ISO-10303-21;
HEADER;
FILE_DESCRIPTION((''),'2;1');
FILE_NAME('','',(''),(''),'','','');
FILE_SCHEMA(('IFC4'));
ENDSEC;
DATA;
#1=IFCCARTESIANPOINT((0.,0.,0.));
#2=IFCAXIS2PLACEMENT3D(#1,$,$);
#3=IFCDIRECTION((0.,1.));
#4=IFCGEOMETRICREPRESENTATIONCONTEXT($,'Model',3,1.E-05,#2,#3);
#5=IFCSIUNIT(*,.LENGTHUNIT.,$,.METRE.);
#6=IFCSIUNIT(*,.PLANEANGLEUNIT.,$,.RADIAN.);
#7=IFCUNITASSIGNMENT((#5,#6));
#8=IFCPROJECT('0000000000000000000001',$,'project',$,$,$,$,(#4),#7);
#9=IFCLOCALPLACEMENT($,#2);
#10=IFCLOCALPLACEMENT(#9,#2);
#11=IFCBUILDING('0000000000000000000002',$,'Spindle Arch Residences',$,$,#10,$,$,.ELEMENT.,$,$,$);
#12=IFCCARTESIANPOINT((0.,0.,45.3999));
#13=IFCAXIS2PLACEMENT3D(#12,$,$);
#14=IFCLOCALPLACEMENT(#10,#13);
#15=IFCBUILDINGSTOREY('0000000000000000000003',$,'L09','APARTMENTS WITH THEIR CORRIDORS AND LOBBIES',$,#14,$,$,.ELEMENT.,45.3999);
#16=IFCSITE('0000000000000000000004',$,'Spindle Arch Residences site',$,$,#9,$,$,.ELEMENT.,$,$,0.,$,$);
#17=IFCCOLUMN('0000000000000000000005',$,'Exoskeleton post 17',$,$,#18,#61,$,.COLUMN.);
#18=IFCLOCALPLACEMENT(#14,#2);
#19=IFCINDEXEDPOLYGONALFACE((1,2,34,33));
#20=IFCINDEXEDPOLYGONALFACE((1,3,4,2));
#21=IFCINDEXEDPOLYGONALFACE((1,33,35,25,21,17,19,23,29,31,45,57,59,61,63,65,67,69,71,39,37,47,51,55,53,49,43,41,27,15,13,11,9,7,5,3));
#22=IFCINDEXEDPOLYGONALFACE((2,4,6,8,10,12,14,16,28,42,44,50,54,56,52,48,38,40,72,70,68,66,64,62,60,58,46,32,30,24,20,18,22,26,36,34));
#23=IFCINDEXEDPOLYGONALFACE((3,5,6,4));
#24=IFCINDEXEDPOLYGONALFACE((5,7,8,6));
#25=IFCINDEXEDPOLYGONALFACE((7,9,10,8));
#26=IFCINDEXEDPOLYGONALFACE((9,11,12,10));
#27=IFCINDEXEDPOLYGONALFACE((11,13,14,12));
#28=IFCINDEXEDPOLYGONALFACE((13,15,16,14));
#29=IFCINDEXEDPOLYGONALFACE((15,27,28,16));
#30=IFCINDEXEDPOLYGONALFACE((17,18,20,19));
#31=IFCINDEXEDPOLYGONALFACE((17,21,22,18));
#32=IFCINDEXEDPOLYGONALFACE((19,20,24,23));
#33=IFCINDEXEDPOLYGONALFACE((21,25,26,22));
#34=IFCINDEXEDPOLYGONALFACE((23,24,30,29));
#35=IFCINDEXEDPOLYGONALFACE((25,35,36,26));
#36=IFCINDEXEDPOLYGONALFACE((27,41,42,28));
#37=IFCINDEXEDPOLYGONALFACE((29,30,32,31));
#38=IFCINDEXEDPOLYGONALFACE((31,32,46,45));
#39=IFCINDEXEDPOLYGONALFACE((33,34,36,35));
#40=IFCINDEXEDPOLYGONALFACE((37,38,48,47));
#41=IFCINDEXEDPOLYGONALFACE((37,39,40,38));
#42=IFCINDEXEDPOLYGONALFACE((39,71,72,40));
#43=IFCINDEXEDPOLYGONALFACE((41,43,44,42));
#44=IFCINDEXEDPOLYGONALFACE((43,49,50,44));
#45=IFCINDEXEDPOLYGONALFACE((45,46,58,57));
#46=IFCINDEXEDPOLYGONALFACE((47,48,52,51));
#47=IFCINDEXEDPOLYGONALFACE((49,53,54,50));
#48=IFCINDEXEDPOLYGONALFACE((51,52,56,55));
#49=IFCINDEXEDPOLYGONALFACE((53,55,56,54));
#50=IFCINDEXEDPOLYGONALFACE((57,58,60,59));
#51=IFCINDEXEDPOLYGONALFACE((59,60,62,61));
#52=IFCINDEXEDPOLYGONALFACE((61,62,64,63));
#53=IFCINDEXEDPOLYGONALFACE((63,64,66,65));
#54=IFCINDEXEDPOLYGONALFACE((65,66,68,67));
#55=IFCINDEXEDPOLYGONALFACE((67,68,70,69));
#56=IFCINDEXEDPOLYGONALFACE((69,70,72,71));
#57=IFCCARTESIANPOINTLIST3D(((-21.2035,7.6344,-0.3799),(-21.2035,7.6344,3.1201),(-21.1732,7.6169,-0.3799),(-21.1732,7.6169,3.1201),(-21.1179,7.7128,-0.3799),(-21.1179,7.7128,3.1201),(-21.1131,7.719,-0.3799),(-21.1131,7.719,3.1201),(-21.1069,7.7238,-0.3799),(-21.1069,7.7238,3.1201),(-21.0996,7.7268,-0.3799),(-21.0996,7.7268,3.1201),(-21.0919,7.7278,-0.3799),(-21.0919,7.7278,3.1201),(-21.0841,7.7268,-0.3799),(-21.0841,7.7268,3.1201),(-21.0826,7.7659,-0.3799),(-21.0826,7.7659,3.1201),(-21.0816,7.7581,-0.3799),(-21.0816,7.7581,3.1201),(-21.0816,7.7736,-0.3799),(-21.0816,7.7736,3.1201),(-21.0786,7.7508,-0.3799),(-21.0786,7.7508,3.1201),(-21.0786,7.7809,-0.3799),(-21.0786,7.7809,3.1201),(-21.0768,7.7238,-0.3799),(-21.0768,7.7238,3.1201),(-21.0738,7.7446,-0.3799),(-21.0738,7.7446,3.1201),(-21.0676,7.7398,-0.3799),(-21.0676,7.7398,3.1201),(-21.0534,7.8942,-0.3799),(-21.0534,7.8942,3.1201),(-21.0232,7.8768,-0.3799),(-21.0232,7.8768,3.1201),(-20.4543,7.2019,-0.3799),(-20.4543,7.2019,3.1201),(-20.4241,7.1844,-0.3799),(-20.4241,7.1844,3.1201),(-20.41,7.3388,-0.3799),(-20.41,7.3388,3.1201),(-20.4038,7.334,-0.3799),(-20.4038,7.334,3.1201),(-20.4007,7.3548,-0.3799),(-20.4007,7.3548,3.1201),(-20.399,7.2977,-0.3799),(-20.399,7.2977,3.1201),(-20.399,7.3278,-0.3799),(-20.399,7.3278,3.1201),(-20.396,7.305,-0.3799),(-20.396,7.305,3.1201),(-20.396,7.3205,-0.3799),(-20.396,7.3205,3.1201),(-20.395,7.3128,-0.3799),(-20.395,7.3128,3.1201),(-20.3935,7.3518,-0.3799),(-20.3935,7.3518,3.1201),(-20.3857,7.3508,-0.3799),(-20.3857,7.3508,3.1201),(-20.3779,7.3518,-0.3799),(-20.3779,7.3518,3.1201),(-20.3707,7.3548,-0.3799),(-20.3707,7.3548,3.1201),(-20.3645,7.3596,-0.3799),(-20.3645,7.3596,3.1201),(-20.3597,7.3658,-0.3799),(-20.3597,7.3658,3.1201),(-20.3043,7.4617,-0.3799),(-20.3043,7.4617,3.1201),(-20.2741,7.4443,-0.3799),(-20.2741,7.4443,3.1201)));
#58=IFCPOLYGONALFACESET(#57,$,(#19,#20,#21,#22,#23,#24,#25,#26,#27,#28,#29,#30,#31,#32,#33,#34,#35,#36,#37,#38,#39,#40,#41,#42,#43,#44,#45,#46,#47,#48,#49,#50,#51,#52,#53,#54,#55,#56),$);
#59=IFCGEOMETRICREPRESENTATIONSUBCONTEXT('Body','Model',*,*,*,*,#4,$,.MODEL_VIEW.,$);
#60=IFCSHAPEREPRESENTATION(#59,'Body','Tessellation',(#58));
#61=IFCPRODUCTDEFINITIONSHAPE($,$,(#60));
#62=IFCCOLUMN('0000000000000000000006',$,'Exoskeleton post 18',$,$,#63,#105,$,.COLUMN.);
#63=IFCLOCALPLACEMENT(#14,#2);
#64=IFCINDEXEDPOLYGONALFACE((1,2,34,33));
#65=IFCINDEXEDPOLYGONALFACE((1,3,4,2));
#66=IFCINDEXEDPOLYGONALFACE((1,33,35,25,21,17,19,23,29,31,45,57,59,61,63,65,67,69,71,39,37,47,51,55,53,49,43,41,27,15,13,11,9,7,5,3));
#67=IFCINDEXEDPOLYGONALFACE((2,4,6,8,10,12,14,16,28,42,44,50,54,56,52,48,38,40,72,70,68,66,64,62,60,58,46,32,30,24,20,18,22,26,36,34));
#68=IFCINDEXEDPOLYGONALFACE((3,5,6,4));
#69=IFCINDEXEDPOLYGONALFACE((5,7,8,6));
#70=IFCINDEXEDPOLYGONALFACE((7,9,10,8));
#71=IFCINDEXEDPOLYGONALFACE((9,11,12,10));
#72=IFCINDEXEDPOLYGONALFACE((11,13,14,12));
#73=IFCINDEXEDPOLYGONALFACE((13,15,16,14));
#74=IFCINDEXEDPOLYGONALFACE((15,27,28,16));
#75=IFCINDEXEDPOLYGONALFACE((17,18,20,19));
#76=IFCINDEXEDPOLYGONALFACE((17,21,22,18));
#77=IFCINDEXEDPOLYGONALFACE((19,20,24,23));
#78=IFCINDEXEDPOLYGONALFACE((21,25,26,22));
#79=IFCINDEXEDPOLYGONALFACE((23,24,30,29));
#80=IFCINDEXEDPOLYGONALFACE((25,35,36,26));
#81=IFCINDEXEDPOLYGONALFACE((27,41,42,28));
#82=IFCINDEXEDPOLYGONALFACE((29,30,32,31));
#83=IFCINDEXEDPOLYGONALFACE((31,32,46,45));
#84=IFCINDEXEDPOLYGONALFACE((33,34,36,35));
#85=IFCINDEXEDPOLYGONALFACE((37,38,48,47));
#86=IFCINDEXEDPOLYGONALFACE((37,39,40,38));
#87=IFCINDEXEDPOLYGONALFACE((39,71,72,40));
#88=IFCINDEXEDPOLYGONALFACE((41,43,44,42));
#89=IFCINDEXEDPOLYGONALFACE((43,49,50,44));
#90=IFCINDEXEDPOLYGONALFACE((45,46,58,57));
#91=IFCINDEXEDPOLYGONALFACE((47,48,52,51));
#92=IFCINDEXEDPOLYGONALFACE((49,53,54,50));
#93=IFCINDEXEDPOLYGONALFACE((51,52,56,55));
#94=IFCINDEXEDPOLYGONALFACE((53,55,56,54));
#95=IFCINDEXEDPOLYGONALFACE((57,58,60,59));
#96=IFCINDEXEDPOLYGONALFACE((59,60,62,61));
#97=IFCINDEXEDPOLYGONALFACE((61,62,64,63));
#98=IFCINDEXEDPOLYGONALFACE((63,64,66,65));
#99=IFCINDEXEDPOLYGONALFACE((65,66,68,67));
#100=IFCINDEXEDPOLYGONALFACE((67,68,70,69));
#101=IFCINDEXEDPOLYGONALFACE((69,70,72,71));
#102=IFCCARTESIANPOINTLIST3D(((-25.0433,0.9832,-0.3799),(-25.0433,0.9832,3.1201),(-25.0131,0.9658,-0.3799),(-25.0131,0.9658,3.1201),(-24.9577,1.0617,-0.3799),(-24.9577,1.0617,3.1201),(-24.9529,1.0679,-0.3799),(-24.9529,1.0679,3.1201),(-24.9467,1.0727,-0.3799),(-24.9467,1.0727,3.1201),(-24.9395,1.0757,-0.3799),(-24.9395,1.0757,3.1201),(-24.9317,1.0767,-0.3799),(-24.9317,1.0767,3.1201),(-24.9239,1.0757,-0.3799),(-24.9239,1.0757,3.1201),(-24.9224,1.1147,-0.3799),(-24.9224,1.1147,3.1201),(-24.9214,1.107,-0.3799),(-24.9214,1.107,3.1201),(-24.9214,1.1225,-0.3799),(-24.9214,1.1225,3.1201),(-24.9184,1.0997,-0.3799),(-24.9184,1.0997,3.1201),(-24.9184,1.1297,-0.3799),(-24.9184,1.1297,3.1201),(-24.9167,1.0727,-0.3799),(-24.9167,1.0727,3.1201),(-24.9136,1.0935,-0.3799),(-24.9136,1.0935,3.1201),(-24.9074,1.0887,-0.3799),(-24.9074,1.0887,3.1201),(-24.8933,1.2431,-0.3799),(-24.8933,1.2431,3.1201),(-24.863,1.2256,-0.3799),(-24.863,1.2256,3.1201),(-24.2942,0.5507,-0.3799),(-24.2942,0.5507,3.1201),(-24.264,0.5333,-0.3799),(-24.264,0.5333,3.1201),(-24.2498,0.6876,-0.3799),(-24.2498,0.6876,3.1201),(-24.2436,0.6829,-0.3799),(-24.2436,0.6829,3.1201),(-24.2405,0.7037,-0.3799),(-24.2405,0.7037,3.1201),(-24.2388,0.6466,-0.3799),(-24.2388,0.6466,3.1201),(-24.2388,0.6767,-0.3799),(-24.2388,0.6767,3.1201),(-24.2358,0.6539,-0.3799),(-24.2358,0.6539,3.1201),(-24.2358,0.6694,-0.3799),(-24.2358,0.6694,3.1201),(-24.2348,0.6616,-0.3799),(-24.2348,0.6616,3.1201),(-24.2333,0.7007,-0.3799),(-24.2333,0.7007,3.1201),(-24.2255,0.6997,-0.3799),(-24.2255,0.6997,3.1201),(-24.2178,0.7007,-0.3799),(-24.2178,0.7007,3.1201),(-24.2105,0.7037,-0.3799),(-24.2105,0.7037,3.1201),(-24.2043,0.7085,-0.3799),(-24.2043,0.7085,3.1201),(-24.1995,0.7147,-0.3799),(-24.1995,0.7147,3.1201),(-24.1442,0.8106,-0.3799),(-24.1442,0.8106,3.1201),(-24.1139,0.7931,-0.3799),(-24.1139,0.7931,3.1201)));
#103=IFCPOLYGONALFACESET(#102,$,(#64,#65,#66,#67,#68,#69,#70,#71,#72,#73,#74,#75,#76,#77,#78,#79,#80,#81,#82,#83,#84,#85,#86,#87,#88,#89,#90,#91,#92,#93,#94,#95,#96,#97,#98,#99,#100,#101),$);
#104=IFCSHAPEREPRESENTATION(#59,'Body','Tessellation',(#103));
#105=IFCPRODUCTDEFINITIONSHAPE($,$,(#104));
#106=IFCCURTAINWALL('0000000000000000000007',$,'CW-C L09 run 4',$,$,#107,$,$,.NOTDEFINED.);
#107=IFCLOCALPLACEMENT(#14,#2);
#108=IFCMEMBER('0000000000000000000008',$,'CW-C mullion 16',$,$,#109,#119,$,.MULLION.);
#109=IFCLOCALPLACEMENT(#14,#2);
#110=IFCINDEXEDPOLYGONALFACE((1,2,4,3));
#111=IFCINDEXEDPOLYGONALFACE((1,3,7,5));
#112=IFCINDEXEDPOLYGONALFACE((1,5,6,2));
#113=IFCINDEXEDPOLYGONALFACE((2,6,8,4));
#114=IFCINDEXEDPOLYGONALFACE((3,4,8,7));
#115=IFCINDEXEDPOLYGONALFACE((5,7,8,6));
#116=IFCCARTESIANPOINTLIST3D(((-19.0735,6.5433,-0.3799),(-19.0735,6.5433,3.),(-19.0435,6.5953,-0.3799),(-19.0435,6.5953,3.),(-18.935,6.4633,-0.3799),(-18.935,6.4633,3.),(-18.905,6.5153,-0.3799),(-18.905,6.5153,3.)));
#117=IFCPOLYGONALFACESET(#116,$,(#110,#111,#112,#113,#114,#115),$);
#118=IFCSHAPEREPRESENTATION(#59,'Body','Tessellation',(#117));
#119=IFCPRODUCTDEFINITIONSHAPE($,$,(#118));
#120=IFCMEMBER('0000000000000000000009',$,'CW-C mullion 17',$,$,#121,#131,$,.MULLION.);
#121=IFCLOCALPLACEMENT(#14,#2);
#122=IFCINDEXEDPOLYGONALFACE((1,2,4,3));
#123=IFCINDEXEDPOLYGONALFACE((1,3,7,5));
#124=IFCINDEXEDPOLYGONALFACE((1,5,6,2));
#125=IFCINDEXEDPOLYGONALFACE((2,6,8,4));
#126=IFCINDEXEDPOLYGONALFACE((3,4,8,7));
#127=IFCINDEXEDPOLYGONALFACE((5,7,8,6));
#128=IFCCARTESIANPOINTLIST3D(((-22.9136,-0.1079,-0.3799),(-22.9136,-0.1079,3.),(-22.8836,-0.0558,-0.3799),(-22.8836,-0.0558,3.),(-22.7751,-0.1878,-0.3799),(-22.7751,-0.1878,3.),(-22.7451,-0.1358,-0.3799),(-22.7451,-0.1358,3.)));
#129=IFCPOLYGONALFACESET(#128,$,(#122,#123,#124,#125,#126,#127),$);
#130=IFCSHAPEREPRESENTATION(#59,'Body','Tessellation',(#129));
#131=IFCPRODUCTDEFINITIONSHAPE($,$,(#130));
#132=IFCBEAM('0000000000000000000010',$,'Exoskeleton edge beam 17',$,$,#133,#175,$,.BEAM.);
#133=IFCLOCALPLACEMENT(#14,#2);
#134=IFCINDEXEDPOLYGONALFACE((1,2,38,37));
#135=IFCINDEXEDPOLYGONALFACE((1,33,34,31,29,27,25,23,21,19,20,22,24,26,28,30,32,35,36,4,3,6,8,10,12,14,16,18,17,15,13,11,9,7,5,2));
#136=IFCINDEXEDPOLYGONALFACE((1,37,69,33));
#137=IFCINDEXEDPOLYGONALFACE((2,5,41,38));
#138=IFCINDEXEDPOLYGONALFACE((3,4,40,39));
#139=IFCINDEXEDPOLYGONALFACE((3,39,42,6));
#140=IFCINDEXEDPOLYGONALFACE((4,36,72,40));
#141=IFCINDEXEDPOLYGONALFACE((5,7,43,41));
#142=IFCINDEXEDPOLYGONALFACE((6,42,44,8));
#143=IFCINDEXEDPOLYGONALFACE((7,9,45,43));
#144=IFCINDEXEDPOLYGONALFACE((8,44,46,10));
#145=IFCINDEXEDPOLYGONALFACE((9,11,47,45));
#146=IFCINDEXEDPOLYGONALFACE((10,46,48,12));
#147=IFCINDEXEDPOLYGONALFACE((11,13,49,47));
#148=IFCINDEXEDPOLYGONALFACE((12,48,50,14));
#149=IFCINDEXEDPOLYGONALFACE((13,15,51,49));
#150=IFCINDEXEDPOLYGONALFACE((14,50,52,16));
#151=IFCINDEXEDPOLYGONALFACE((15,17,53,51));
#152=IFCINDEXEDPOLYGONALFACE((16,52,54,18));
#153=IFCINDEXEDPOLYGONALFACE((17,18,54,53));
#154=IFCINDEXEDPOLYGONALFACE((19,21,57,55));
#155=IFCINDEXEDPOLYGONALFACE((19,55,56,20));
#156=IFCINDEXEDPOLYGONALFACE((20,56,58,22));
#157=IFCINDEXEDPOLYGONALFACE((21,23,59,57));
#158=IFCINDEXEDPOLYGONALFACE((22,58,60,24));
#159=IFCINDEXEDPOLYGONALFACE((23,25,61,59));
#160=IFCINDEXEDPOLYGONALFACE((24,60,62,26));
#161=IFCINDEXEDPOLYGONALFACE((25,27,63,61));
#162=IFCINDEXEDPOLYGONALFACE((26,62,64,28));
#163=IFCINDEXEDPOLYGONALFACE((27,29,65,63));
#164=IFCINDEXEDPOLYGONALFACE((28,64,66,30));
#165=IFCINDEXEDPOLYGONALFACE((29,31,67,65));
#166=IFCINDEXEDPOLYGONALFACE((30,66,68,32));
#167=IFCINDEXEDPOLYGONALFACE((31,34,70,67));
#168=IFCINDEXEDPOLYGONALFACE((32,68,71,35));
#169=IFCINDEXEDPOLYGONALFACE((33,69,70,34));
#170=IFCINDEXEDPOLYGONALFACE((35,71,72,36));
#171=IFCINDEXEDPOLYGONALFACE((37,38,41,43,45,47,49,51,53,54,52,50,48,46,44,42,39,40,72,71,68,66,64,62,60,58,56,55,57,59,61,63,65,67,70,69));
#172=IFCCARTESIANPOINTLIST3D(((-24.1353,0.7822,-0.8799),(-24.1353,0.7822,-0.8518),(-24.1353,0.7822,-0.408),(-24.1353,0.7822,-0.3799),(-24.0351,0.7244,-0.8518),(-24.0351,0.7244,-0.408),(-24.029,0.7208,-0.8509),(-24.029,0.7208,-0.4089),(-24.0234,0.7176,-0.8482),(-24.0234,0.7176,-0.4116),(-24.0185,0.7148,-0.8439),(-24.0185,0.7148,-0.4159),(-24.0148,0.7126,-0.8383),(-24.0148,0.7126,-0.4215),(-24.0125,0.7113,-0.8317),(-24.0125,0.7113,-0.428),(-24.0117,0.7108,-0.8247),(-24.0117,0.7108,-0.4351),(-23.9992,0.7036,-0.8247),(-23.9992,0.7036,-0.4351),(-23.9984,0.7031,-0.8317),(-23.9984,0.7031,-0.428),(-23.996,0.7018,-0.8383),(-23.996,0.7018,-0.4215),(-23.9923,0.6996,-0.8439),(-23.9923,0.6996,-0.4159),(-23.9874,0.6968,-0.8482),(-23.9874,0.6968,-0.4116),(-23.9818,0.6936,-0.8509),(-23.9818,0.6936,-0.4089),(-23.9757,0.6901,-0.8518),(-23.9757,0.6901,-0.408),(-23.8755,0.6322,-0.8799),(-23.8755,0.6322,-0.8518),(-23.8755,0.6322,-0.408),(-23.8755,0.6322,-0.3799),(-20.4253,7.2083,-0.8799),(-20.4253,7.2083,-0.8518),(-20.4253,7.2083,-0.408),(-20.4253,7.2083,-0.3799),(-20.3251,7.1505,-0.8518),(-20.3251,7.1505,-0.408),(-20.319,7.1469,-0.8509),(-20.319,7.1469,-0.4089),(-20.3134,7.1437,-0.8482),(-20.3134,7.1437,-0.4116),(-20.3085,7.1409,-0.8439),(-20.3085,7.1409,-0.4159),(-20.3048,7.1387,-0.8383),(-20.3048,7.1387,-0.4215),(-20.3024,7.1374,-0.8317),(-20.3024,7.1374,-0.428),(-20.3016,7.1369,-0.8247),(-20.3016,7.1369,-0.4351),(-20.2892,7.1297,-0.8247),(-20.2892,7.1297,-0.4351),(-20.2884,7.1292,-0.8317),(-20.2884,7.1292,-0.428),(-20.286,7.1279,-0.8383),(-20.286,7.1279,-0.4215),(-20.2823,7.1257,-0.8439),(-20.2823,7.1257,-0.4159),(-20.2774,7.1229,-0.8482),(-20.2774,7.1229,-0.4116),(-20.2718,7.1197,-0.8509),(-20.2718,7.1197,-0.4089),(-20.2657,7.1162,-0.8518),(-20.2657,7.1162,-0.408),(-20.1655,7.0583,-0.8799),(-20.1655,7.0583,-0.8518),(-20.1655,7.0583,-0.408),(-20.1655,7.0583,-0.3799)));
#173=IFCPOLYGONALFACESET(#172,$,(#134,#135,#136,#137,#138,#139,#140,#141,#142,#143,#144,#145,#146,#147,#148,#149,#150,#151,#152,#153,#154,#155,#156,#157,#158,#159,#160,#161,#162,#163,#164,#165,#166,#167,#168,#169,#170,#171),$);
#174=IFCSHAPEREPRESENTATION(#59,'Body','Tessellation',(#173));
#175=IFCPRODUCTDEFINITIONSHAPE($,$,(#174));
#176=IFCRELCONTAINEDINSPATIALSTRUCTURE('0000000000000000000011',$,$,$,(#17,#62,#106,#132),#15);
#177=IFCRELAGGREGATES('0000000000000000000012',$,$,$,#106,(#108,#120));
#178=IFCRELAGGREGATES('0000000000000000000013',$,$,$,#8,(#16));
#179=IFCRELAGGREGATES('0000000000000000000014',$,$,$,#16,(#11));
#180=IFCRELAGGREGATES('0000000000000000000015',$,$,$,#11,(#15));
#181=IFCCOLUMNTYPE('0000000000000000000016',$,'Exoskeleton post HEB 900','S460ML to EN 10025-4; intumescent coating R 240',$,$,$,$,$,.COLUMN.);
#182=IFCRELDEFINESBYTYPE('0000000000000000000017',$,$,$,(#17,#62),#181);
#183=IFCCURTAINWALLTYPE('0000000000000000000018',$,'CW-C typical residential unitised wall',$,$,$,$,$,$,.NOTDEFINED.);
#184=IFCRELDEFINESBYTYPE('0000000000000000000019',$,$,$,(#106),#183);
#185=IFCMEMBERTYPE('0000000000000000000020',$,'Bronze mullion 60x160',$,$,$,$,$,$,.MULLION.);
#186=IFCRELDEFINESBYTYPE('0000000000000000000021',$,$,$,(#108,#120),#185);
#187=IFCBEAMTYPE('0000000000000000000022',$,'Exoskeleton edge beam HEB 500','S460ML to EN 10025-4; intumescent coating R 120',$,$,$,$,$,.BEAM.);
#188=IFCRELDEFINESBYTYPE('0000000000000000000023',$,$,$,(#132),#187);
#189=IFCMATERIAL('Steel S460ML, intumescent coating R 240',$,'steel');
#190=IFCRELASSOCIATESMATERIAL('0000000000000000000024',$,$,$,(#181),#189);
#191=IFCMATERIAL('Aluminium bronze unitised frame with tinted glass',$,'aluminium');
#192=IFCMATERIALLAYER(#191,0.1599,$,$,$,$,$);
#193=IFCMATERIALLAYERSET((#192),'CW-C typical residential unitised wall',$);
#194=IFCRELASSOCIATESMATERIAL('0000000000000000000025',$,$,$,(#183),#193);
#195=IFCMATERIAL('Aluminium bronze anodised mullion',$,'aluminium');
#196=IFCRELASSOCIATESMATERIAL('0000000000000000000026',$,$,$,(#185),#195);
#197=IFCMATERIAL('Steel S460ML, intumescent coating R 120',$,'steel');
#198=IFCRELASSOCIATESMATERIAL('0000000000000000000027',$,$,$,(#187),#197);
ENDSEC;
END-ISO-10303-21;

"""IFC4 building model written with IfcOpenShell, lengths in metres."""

from ifc_helpers import new_model, si_unit, direction, frame, origin, origin_2d, place, context, subcontext, project, spatial, rectangle, i_section, extrude, material, layer, layer_set, material_profile, profile_set, type_object, element, aggregate, save


model = new_model("IFC4")

# Units and contexts
model_context = context("Model", 3, precision=1e-05, world=origin(), true_north=direction((0.0, 1.0)))
body_context = subcontext(model_context, "Body", "Model", "MODEL_VIEW")
ifc_project = project(units=[si_unit("LENGTHUNIT", "METRE"), si_unit("PLANEANGLEUNIT", "RADIAN")], contexts=[model_context])

# Site, building, storey
site_placement = place(None, origin())
site = spatial("IfcSite", under=ifc_project, at=site_placement, Name="Spindle Arch Residences site", CompositionType="ELEMENT", RefElevation=0.0)
building_placement = place(site_placement, origin())
building = spatial("IfcBuilding", under=site, at=building_placement, Name="Spindle Arch Residences", CompositionType="ELEMENT")
storey_placement = place(building_placement, frame((0.0, 0.0, 45.3999)))
storey = spatial("IfcBuildingStorey", under=building, at=storey_placement, Name="L09", Description="APARTMENTS WITH THEIR CORRIDORS AND LOBBIES", CompositionType="ELEMENT", Elevation=45.3999)

# Columns
ifc_material_1 = material(Name="Steel S460ML, intumescent coating R 240", Category="steel")
ifc_material_profile_1 = material_profile(ifc_material_1, i_section(OverallWidth=0.3, OverallDepth=0.8999, WebThickness=0.0186, FlangeThickness=0.0349, FilletRadius=0.03, at=origin_2d()), Name="HEB 900")
ifc_profile_set_1 = profile_set([ifc_material_profile_1], Name="Steel S460ML, intumescent coating R 240")
column_type = type_object("IfcColumnType", Name="Exoskeleton post HEB 900", Description="S460ML to EN 10025-4; intumescent coating R 240", PredefinedType="COLUMN", material=ifc_profile_set_1)
for number, where, z_axis, x_axis, name in (
    (1, (-20.7388, 7.5393, -0.3799), (0.0, 0.0, 1.0), (0.5, 0.866025, 0.0), "Exoskeleton post 17"),
    (2, (-24.5786, 0.8882, -0.3799), (0.0, 0.0, 1.0), (0.5, 0.866025, 0.0), "Exoskeleton post 18"),
):
    element("IfcColumn", number, at=place(storey_placement, frame(where, z_axis=z_axis, x_axis=x_axis)), inside=storey, type_object=column_type, Name=name, PredefinedType="COLUMN", context=body_context, shape_type="SweptSolid", body=[
        extrude(i_section(OverallWidth=0.3, OverallDepth=0.8999, WebThickness=0.0186, FlangeThickness=0.0349, FilletRadius=0.03, at=origin_2d()), origin(), (0.0, 0.0, 1.0), 3.5),
    ])

# Curtain wall, members
ifc_material_2 = material(Name="Aluminium bronze unitised frame with tinted glass", Category="aluminium")
ifc_layer_1 = layer(ifc_material_2, 0.1599)
ifc_layer_set_1 = layer_set([ifc_layer_1], Name="CW-C typical residential unitised wall")
curtain_wall_type = type_object("IfcCurtainWallType", Name="CW-C typical residential unitised wall", PredefinedType="NOTDEFINED", material=ifc_layer_set_1)
curtain_wall_placement = place(storey_placement, origin())
curtain_wall = element("IfcCurtainWall", 3, at=curtain_wall_placement, inside=storey, type_object=curtain_wall_type, Name="CW-C L09 run 4", PredefinedType="NOTDEFINED")
ifc_material_3 = material(Name="Aluminium bronze anodised mullion", Category="aluminium")
ifc_material_profile_2 = material_profile(ifc_material_3, rectangle(XDim=0.1599, YDim=0.0601, at=origin_2d()), Name="MU 60x160")
ifc_profile_set_2 = profile_set([ifc_material_profile_2], Name="Aluminium bronze anodised mullion")
member_type = type_object("IfcMemberType", Name="Bronze mullion 60x160", PredefinedType="MULLION", material=ifc_profile_set_2)
member_1_placement = place(storey_placement, frame((-18.9893, 6.5293, -0.3799), z_axis=(0.0, 0.0, 1.0), x_axis=(0.866025, -0.5, 0.0)))
member_1 = element("IfcMember", 4, at=member_1_placement, type_object=member_type, Name="CW-C mullion 16", PredefinedType="MULLION", context=body_context, shape_type="SweptSolid", body=[
    extrude(rectangle(XDim=0.1599, YDim=0.0601, at=origin_2d()), origin(), (0.0, 0.0, 1.0), 3.3799),
])
member_2_placement = place(storey_placement, frame((-22.8293, -0.1218, -0.3799), z_axis=(0.0, 0.0, 1.0), x_axis=(0.866025, -0.5, 0.0)))
member_2 = element("IfcMember", 5, at=member_2_placement, type_object=member_type, Name="CW-C mullion 17", PredefinedType="MULLION", context=body_context, shape_type="SweptSolid", body=[
    extrude(rectangle(XDim=0.1599, YDim=0.0601, at=origin_2d()), origin(), (0.0, 0.0, 1.0), 3.3799),
])

# Beam
ifc_material_4 = material(Name="Steel S460ML, intumescent coating R 120", Category="steel")
ifc_material_profile_3 = material_profile(ifc_material_4, i_section(OverallWidth=0.3, OverallDepth=0.5, WebThickness=0.0144, FlangeThickness=0.0281, FilletRadius=0.0271, at=origin_2d()), Name="HEB 500")
ifc_profile_set_3 = profile_set([ifc_material_profile_3], Name="Steel S460ML, intumescent coating R 120")
beam_type_1 = type_object("IfcBeamType", Name="Exoskeleton edge beam HEB 500", Description="S460ML to EN 10025-4; intumescent coating R 120", PredefinedType="BEAM", material=ifc_profile_set_3)
for number, where, z_axis, x_axis, name in (
    (6, (-20.2954, 7.1333, -0.6299), (-0.499989, -0.866032, 0.0), (0.866032, -0.499989, 0.0), "Exoskeleton edge beam 17"),
):
    element("IfcBeam", number, at=place(storey_placement, frame(where, z_axis=z_axis, x_axis=x_axis)), inside=storey, type_object=beam_type_1, Name=name, PredefinedType="BEAM", context=body_context, shape_type="SweptSolid", body=[
        extrude(i_section(OverallWidth=0.3, OverallDepth=0.5, WebThickness=0.0144, FlangeThickness=0.0281, FilletRadius=0.0271, at=origin_2d()), origin(), (0.0, 0.0, 1.0), 7.4202),
    ])

aggregate(curtain_wall, [member_1, member_2])

save(model, "model.ifc")
